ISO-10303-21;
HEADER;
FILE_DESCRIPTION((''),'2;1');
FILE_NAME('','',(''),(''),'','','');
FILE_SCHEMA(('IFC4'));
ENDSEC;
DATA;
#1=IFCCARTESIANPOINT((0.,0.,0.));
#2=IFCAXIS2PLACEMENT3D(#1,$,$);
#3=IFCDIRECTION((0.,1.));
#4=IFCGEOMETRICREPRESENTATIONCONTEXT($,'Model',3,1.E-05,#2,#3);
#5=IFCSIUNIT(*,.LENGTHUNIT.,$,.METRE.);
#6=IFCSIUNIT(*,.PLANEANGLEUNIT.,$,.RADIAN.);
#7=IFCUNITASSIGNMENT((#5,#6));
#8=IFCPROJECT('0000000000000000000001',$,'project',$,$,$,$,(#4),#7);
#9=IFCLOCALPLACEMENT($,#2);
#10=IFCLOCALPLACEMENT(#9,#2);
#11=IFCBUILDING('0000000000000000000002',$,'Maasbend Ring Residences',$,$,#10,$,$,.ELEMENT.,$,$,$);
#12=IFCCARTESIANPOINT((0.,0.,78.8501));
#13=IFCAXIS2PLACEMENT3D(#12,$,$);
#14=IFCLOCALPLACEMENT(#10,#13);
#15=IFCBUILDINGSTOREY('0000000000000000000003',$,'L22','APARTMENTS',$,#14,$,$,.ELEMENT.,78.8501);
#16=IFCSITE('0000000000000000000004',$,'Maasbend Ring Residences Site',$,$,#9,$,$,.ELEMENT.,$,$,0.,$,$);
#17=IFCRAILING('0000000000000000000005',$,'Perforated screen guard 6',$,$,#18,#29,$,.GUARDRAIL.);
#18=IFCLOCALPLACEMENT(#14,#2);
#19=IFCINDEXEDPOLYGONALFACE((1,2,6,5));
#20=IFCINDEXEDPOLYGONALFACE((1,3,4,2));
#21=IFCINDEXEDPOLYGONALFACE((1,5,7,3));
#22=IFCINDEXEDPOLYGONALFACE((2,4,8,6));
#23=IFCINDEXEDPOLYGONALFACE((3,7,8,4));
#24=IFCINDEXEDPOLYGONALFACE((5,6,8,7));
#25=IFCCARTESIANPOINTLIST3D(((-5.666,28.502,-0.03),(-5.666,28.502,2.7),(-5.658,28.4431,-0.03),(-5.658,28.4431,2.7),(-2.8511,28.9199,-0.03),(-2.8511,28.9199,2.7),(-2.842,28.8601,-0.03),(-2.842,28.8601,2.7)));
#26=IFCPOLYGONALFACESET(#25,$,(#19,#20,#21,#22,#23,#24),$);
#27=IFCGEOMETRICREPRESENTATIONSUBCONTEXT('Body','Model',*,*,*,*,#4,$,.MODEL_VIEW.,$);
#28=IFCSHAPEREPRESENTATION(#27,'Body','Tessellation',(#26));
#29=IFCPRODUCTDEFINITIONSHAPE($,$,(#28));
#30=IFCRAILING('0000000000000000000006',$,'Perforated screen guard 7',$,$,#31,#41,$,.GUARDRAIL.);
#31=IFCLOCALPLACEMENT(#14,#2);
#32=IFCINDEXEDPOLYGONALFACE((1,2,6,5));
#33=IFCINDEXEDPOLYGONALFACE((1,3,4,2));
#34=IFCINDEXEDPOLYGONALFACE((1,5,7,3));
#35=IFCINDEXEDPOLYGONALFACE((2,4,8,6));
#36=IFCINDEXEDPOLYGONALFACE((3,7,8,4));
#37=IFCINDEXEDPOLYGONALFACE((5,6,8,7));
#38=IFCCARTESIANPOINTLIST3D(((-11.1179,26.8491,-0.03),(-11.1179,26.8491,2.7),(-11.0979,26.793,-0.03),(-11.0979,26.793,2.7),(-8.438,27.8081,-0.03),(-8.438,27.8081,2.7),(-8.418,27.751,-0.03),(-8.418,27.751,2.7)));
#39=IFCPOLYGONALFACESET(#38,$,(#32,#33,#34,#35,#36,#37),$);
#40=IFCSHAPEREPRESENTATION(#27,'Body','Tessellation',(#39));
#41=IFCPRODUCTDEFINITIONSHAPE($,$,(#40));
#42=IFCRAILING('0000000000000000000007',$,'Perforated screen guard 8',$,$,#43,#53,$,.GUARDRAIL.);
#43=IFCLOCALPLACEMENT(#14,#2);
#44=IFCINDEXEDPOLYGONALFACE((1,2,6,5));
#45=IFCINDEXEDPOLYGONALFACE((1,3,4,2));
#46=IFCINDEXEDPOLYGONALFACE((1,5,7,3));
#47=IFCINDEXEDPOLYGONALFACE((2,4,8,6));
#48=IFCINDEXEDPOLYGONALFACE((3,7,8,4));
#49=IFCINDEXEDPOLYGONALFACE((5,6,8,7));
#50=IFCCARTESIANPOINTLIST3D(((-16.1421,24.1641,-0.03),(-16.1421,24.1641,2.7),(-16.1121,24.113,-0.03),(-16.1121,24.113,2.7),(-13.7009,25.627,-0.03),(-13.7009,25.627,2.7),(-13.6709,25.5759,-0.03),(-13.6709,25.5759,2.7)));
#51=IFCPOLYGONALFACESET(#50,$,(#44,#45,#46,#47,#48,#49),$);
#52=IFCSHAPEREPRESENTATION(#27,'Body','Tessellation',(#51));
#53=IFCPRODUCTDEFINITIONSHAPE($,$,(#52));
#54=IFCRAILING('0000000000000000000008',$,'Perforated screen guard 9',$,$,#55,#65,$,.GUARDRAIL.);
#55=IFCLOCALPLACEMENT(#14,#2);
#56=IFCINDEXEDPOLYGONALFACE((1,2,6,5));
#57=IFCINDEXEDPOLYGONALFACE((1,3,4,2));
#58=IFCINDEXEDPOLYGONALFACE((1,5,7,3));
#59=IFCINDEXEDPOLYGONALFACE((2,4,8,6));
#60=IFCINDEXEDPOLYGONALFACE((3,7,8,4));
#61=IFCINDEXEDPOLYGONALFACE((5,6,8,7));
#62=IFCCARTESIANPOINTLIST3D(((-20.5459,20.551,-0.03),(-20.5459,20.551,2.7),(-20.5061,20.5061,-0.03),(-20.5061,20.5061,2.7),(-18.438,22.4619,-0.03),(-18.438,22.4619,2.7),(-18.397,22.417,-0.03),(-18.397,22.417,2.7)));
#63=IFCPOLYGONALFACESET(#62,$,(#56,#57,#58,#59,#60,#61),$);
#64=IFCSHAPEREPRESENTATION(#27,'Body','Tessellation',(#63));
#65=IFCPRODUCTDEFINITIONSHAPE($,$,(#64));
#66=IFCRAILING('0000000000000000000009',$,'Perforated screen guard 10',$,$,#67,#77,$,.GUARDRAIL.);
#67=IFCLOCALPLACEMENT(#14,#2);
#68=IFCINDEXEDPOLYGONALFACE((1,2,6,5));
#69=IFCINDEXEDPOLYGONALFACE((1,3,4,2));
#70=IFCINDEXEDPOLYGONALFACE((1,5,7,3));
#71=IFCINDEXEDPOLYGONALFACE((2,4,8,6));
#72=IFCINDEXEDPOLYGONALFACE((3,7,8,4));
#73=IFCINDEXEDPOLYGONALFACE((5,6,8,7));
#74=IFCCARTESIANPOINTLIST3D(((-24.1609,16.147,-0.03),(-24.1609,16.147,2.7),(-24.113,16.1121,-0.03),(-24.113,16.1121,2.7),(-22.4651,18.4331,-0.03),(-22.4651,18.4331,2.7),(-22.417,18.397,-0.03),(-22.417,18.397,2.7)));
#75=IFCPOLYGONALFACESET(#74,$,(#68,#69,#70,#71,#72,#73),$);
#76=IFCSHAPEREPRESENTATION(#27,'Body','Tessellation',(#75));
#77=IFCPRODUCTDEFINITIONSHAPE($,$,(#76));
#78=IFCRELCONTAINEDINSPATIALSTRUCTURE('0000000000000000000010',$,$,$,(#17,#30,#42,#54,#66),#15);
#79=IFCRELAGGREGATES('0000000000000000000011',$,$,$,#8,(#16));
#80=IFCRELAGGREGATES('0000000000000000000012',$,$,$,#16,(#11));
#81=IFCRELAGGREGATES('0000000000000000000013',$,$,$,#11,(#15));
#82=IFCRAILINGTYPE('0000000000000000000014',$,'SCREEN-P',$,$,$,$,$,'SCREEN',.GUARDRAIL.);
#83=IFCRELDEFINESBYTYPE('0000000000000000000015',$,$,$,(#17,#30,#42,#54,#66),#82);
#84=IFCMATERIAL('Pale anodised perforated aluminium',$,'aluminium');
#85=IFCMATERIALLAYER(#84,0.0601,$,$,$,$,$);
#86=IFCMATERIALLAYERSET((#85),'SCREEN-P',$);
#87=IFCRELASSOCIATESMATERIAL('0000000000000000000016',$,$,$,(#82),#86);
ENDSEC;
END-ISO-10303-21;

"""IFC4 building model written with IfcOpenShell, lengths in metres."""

from ifc_helpers import new_model, si_unit, direction, frame, origin, place, context, subcontext, project, spatial, polyline, outline, extrude, material, layer, layer_set, type_object, element, save


model = new_model("IFC4")

# Units and contexts
model_context = context("Model", 3, precision=1e-05, world=origin(), true_north=direction((0.0, 1.0)))
body_context = subcontext(model_context, "Body", "Model", "MODEL_VIEW")
ifc_project = project(units=[si_unit("LENGTHUNIT", "METRE"), si_unit("PLANEANGLEUNIT", "RADIAN")], contexts=[model_context])

# Site, building, storey
site_placement = place(None, origin())
site = spatial("IfcSite", under=ifc_project, at=site_placement, Name="Maasbend Ring Residences Site", CompositionType="ELEMENT", RefElevation=0.0)
building_placement = place(site_placement, origin())
building = spatial("IfcBuilding", under=site, at=building_placement, Name="Maasbend Ring Residences", CompositionType="ELEMENT")
storey_placement = place(building_placement, frame((0.0, 0.0, 78.8501)))
storey = spatial("IfcBuildingStorey", under=building, at=storey_placement, Name="L22", Description="APARTMENTS", CompositionType="ELEMENT", Elevation=78.8501)

# Railings
ifc_material_1 = material(Name="Pale anodised perforated aluminium", Category="aluminium")
ifc_layer_1 = layer(ifc_material_1, 0.0601)
ifc_layer_set_1 = layer_set([ifc_layer_1], Name="SCREEN-P")
railing_type = type_object("IfcRailingType", Name="SCREEN-P", ElementType="SCREEN", PredefinedType="GUARDRAIL", material=ifc_layer_set_1)
railing_1_placement = place(storey_placement, frame((0.0, 0.0, -0.03)))
element("IfcRailing", 1, at=railing_1_placement, inside=storey, type_object=railing_type, Name="Perforated screen guard 6", PredefinedType="GUARDRAIL", context=body_context, shape_type="SweptSolid", body=[
    extrude(outline(polyline([(-2.842, 28.8601), (-5.658, 28.4431), (-5.666, 28.502), (-2.8511, 28.9199), (-2.842, 28.8601)])), origin(), (0.0, 0.0, 1.0), 2.73),
])
railing_2_placement = place(storey_placement, frame((0.0, 0.0, -0.03)))
element("IfcRailing", 2, at=railing_2_placement, inside=storey, type_object=railing_type, Name="Perforated screen guard 7", PredefinedType="GUARDRAIL", context=body_context, shape_type="SweptSolid", body=[
    extrude(outline(polyline([(-8.418, 27.751), (-11.0979, 26.793), (-11.1179, 26.8491), (-8.438, 27.8081), (-8.418, 27.751)])), origin(), (0.0, 0.0, 1.0), 2.73),
])
railing_3_placement = place(storey_placement, frame((0.0, 0.0, -0.03)))
element("IfcRailing", 3, at=railing_3_placement, inside=storey, type_object=railing_type, Name="Perforated screen guard 8", PredefinedType="GUARDRAIL", context=body_context, shape_type="SweptSolid", body=[
    extrude(outline(polyline([(-13.6709, 25.5759), (-16.1121, 24.113), (-16.1421, 24.1641), (-13.7009, 25.627), (-13.6709, 25.5759)])), origin(), (0.0, 0.0, 1.0), 2.73),
])
railing_4_placement = place(storey_placement, frame((0.0, 0.0, -0.03)))
element("IfcRailing", 4, at=railing_4_placement, inside=storey, type_object=railing_type, Name="Perforated screen guard 9", PredefinedType="GUARDRAIL", context=body_context, shape_type="SweptSolid", body=[
    extrude(outline(polyline([(-18.397, 22.417), (-20.5061, 20.5061), (-20.5459, 20.551), (-18.438, 22.4619), (-18.397, 22.417)])), origin(), (0.0, 0.0, 1.0), 2.73),
])
railing_5_placement = place(storey_placement, frame((0.0, 0.0, -0.03)))
element("IfcRailing", 5, at=railing_5_placement, inside=storey, type_object=railing_type, Name="Perforated screen guard 10", PredefinedType="GUARDRAIL", context=body_context, shape_type="SweptSolid", body=[
    extrude(outline(polyline([(-22.417, 18.397), (-24.113, 16.1121), (-24.1609, 16.147), (-22.4651, 18.4331), (-22.417, 18.397)])), origin(), (0.0, 0.0, 1.0), 2.73),
])

save(model, "model.ifc")
